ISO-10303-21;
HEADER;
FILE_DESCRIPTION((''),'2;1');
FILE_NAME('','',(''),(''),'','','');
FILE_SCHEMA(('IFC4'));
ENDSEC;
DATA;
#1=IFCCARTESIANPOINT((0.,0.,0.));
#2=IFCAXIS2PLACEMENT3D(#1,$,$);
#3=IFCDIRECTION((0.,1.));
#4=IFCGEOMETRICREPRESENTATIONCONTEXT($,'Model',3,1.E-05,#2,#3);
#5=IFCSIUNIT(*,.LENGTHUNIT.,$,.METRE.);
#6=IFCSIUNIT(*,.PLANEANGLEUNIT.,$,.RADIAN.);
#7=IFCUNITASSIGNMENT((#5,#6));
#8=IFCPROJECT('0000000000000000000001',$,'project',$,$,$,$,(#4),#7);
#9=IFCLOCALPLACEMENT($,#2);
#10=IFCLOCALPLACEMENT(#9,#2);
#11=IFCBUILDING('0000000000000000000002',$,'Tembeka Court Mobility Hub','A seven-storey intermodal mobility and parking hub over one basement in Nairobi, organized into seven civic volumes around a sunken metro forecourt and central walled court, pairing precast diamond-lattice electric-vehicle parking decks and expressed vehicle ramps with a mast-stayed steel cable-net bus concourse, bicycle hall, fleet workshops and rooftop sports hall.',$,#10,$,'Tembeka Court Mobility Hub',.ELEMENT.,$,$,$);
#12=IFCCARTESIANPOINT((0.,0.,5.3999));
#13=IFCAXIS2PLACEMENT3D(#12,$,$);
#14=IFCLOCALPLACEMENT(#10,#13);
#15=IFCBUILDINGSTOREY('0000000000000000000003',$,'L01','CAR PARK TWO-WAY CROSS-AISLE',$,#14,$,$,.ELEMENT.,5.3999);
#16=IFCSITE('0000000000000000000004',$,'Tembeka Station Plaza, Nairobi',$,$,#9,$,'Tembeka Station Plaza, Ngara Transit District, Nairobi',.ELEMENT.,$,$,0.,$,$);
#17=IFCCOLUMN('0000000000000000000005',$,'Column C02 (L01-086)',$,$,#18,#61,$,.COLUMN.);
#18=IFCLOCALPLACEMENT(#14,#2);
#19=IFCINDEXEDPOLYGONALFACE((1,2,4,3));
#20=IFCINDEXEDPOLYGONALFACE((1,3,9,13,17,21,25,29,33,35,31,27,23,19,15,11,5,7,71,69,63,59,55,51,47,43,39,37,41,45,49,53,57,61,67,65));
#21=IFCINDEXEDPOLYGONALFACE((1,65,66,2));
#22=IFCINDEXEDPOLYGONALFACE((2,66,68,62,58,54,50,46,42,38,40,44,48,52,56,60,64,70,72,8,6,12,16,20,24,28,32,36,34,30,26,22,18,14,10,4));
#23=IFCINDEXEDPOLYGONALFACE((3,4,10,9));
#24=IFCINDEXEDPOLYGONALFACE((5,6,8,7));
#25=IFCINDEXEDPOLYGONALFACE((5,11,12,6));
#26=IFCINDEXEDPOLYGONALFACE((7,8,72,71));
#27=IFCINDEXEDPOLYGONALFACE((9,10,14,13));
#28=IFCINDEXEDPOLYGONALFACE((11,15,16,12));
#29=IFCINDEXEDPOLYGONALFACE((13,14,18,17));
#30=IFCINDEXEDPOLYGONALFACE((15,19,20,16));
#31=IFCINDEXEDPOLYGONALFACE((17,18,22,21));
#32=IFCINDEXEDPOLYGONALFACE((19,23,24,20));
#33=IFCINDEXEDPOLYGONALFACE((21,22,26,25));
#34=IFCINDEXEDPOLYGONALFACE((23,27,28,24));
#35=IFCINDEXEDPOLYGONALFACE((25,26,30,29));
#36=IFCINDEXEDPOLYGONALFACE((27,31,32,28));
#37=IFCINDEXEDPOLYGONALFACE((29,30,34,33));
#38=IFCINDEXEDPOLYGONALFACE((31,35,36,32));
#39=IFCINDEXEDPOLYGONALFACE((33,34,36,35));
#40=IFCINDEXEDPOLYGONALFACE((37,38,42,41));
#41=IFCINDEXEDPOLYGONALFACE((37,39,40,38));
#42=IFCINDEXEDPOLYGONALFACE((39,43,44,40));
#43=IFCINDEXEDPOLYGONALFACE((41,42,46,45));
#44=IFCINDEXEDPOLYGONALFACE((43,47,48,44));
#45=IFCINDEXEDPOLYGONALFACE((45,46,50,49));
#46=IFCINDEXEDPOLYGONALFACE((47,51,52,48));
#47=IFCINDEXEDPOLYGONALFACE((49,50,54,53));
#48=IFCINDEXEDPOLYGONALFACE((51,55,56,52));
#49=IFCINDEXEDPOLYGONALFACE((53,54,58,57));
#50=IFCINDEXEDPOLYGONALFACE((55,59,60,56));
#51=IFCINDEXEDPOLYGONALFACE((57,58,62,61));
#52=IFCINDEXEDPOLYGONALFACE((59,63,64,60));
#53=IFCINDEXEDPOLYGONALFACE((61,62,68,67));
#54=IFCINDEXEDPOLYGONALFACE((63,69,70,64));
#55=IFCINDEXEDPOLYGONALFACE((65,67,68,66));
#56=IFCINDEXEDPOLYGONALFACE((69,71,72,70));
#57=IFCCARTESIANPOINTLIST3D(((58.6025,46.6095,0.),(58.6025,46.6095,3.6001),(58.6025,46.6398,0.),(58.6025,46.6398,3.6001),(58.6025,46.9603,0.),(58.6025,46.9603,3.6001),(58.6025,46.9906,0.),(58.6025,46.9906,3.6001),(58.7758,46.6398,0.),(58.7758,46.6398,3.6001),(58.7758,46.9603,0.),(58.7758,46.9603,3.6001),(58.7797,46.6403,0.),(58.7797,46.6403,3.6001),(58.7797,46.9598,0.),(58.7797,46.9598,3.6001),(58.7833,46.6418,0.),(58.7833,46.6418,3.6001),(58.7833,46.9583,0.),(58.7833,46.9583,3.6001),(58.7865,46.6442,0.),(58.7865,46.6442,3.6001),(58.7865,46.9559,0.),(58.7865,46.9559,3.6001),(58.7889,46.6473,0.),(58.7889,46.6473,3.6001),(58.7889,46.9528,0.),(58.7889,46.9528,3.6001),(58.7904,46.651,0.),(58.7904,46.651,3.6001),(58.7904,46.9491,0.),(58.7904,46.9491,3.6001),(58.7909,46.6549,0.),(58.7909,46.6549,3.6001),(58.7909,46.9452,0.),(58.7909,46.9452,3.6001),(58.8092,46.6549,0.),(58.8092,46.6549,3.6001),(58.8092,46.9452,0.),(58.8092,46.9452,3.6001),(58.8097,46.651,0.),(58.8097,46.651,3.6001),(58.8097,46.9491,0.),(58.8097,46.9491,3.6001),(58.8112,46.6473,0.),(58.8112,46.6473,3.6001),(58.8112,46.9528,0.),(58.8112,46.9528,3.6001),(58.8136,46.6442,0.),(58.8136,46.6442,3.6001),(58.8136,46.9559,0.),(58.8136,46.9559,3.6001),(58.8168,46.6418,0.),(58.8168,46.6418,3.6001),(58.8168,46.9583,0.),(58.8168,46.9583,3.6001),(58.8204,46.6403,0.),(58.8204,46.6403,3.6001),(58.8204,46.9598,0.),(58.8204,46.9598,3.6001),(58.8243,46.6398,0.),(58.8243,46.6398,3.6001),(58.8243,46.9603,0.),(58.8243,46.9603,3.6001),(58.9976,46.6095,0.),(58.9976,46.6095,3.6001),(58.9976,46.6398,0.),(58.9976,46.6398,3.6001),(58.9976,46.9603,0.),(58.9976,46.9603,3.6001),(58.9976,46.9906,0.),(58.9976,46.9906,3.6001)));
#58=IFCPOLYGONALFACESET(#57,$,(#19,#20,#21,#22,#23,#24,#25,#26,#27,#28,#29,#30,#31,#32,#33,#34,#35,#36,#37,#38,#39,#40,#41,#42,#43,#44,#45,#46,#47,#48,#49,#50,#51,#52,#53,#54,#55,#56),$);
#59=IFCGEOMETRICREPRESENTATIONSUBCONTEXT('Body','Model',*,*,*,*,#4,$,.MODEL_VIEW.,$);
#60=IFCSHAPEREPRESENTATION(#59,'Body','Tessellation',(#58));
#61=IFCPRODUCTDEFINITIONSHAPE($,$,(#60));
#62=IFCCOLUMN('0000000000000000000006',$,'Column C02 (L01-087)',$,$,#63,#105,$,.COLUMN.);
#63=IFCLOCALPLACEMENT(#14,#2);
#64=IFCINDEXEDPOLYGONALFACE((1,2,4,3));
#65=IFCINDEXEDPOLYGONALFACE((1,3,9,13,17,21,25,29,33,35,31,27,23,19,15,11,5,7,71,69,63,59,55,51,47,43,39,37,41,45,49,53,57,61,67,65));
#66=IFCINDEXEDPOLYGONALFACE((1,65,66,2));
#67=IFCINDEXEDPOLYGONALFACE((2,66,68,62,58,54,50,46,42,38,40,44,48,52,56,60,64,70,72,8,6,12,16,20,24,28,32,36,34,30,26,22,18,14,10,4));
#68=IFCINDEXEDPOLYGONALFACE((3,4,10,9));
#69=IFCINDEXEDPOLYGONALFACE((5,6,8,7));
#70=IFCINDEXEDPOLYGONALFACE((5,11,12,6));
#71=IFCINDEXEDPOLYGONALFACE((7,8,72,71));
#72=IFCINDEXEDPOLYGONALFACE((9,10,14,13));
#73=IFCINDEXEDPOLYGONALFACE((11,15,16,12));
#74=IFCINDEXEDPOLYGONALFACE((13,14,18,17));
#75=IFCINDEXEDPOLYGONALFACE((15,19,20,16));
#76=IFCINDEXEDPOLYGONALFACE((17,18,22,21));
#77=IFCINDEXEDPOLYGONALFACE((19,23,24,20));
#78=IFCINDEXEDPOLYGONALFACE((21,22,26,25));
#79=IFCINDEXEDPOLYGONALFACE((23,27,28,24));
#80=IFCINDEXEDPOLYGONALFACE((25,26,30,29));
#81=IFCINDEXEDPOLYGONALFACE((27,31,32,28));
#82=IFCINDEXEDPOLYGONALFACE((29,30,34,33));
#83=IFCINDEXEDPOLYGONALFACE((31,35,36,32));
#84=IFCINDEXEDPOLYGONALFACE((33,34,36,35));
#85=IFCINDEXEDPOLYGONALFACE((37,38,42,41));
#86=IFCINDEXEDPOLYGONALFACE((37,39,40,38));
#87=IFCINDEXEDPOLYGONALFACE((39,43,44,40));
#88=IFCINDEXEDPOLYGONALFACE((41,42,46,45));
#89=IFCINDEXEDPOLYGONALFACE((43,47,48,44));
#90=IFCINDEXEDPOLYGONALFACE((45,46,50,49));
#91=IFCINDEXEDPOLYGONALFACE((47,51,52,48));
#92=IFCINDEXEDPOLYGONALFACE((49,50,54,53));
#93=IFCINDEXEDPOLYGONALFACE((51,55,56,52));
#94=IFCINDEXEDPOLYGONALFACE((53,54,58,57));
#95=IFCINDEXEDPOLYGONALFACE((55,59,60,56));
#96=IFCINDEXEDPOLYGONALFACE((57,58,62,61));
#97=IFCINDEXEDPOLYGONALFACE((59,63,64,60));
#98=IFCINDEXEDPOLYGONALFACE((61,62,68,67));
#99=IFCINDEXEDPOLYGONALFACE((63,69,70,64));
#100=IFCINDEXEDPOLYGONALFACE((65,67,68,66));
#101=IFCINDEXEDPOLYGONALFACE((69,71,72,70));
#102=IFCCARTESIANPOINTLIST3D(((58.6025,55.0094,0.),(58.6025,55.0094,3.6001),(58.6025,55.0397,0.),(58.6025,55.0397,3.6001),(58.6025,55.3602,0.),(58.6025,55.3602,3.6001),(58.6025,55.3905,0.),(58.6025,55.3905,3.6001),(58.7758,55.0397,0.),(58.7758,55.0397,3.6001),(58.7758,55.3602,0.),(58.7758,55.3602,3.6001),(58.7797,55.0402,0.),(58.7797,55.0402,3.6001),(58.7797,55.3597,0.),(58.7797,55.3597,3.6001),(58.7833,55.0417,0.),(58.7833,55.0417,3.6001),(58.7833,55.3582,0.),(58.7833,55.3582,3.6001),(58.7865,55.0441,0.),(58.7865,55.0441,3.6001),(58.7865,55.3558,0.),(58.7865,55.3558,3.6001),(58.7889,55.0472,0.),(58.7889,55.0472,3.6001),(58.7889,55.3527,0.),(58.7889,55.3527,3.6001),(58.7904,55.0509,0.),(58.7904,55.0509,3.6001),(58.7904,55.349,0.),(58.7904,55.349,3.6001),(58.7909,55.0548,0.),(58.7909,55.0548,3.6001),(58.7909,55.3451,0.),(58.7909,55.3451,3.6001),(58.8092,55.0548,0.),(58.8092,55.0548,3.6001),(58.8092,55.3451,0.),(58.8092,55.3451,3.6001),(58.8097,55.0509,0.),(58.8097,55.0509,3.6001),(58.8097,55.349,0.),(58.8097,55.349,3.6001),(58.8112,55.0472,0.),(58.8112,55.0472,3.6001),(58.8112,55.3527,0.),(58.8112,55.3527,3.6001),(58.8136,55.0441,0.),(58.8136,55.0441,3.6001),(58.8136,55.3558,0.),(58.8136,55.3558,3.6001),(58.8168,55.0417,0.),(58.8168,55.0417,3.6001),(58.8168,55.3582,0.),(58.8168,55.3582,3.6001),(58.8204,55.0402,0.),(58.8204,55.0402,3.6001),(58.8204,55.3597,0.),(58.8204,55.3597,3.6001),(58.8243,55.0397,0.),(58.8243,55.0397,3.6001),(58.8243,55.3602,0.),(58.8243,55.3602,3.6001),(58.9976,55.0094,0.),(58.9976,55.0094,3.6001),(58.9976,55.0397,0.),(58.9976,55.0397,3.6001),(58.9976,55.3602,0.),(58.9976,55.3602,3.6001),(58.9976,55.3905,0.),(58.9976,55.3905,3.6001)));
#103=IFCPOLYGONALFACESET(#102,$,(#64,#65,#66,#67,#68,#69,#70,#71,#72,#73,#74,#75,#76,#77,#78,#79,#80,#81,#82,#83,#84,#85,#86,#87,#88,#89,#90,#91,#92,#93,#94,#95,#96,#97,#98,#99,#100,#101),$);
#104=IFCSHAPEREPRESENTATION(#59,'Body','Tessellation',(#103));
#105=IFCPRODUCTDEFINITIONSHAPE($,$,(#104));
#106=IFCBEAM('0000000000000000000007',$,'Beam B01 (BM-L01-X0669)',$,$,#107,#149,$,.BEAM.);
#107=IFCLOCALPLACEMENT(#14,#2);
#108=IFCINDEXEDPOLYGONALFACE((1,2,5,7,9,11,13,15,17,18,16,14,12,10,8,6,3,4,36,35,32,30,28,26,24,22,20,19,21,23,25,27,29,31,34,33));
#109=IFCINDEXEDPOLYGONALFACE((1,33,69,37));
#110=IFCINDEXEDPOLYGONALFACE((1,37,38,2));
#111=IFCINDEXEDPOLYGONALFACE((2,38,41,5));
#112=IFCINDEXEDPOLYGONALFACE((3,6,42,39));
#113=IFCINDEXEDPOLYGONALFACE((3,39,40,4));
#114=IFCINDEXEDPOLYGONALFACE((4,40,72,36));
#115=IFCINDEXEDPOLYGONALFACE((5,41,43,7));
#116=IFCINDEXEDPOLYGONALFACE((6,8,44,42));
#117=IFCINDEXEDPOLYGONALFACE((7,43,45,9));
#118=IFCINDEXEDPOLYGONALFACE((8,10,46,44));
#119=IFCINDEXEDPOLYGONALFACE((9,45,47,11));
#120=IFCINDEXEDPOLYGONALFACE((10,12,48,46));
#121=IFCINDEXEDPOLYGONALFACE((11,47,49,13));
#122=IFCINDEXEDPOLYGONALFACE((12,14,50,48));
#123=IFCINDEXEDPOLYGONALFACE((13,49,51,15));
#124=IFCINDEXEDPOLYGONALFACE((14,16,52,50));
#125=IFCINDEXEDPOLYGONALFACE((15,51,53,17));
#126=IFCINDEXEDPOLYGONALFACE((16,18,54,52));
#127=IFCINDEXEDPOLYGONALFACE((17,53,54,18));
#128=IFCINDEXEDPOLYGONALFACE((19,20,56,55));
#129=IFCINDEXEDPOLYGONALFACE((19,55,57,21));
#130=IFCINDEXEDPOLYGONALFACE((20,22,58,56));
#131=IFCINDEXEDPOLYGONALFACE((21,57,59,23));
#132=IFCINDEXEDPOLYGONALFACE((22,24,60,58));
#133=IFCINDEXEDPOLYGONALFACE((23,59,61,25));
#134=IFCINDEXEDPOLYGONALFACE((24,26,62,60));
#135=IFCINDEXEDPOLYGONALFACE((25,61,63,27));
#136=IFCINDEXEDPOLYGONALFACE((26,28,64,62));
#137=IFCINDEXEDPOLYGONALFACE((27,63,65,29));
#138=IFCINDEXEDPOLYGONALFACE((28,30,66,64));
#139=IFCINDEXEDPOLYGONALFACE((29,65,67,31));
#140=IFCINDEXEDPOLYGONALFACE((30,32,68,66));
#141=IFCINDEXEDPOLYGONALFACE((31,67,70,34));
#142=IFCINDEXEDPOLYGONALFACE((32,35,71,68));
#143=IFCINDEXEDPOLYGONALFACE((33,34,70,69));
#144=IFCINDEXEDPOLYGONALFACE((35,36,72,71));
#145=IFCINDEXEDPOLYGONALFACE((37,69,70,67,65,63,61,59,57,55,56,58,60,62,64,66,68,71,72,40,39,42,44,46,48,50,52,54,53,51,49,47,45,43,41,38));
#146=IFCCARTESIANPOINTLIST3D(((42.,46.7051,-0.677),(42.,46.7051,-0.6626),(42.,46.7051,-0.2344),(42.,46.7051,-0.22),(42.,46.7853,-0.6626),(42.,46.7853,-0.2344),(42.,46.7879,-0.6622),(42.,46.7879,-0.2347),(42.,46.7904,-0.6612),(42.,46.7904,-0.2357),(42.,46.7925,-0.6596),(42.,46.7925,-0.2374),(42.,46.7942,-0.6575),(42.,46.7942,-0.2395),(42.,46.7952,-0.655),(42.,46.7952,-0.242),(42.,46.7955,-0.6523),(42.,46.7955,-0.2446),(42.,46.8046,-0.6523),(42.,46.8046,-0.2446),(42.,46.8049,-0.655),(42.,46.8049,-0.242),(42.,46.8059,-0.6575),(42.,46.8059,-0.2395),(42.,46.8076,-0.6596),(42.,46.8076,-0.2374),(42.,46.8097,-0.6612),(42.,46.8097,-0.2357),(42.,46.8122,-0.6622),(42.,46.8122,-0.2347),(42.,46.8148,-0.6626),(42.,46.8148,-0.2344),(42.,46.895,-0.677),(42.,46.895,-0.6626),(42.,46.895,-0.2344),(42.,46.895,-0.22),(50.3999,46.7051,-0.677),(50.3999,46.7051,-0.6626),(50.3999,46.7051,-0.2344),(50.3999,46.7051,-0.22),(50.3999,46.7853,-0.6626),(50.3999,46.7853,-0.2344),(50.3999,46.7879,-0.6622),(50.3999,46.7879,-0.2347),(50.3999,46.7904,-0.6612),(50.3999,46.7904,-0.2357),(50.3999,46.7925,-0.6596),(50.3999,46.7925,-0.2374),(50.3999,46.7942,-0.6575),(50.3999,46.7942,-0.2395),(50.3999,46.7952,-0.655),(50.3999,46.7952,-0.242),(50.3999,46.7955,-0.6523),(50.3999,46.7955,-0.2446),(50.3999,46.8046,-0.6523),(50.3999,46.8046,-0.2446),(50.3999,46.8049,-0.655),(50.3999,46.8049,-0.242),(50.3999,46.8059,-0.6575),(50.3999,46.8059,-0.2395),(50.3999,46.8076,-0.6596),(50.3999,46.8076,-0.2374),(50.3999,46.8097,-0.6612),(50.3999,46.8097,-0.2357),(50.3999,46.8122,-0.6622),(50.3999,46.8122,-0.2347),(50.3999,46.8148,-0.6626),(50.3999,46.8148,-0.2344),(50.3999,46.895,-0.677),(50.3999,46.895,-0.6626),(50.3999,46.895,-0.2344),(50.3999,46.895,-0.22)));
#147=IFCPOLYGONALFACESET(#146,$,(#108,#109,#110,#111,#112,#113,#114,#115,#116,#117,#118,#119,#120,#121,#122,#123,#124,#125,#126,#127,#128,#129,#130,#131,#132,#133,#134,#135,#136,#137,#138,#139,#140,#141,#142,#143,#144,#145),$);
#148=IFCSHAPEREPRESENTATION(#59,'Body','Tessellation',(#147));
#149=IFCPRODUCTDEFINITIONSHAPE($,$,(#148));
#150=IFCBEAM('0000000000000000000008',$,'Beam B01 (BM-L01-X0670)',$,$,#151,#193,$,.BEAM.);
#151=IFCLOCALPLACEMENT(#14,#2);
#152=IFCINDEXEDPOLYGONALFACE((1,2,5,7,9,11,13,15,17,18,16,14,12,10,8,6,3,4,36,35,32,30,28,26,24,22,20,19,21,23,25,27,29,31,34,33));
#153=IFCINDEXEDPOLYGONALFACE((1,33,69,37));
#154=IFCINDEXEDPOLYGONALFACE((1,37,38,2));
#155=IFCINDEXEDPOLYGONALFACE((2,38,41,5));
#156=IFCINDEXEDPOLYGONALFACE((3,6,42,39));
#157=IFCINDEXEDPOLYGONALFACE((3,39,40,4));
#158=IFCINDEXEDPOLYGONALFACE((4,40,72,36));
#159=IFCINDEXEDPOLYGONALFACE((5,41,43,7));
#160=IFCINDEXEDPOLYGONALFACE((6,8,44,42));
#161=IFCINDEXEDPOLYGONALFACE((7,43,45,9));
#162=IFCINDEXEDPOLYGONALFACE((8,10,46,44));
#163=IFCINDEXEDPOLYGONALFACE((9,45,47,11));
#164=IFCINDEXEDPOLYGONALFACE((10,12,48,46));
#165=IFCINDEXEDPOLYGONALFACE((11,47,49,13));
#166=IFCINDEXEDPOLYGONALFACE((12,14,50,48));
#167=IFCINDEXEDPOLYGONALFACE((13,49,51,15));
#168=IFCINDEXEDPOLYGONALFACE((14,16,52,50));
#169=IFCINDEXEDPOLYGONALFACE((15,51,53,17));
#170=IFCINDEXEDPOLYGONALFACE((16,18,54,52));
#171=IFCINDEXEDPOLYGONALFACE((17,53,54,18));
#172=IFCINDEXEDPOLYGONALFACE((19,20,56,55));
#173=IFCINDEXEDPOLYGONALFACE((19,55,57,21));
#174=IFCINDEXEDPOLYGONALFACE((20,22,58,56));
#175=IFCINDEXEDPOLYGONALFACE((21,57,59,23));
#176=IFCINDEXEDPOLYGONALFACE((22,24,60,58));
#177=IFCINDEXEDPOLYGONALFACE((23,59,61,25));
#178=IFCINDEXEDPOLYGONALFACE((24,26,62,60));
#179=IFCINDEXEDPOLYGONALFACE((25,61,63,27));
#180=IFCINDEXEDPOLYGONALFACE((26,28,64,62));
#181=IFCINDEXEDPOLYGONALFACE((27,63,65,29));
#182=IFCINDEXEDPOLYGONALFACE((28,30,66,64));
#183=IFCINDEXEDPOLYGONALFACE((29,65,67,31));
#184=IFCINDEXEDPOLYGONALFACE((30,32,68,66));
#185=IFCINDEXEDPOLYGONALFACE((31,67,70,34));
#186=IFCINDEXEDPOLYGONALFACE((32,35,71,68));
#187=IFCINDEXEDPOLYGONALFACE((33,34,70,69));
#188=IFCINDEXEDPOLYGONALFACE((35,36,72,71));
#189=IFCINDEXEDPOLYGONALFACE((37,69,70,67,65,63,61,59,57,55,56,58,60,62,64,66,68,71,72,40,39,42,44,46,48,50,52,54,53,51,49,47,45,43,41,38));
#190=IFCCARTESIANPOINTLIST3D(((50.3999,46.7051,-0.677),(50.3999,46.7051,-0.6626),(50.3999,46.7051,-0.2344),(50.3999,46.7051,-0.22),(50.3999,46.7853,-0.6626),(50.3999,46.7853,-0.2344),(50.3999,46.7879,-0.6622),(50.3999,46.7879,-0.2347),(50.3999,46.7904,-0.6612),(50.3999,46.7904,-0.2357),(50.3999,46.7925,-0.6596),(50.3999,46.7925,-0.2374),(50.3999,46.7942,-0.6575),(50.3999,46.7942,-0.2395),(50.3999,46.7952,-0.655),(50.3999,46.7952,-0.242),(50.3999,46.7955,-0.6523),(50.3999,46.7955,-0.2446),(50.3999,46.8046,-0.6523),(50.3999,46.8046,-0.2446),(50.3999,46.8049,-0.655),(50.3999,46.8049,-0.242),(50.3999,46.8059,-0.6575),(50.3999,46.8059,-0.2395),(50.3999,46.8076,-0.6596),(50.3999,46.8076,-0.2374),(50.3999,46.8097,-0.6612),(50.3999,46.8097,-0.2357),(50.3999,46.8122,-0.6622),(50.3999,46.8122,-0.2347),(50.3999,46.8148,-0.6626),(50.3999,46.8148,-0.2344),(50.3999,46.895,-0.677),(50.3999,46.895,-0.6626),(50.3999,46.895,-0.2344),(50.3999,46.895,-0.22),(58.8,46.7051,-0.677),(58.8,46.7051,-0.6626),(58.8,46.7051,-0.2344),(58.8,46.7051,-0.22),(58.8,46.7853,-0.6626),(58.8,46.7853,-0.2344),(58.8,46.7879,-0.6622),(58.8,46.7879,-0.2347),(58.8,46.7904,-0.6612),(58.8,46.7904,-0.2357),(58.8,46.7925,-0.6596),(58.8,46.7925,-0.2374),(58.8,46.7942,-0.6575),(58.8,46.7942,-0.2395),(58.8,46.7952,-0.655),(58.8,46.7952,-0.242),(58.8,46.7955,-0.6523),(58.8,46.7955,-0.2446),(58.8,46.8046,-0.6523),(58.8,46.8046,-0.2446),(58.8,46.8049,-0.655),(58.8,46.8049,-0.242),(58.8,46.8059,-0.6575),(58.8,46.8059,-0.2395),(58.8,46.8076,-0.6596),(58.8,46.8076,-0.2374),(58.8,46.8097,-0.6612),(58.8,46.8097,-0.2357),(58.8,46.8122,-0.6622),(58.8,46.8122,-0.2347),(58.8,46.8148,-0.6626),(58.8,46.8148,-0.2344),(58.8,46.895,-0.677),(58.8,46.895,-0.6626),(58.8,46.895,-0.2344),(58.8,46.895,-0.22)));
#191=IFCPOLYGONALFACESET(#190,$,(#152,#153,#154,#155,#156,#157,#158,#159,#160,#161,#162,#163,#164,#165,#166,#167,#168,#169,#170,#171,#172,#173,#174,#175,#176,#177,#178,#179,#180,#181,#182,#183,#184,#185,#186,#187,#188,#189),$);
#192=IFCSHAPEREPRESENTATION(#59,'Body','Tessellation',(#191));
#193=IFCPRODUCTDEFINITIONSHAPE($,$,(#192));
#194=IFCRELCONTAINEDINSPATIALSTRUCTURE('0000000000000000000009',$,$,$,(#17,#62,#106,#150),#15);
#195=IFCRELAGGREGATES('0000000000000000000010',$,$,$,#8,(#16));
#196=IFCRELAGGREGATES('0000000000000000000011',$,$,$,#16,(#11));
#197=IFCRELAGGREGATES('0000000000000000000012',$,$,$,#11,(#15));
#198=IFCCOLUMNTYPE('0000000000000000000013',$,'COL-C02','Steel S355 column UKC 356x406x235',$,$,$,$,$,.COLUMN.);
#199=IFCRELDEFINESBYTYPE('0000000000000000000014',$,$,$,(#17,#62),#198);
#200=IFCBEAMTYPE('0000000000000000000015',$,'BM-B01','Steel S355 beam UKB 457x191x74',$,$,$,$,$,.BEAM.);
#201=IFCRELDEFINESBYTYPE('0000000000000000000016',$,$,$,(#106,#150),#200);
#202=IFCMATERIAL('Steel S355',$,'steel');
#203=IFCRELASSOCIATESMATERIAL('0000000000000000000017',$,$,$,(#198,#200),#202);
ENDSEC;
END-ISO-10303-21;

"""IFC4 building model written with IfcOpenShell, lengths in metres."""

from ifc_helpers import new_model, si_unit, direction, frame, origin, origin_2d, place, context, subcontext, project, spatial, i_section, extrude, material, material_profile, profile_set, type_object, element, save


model = new_model("IFC4")

# Units and contexts
model_context = context("Model", 3, precision=1e-05, world=origin(), true_north=direction((0.0, 1.0)))
body_context = subcontext(model_context, "Body", "Model", "MODEL_VIEW")
ifc_project = project(units=[si_unit("LENGTHUNIT", "METRE"), si_unit("PLANEANGLEUNIT", "RADIAN")], contexts=[model_context])

# Site, building, storey
site_placement = place(None, origin())
site = spatial("IfcSite", under=ifc_project, at=site_placement, Name="Tembeka Station Plaza, Nairobi", LongName="Tembeka Station Plaza, Ngara Transit District, Nairobi", CompositionType="ELEMENT", RefElevation=0.0)
building_placement = place(site_placement, origin())
building = spatial("IfcBuilding", under=site, at=building_placement, Name="Tembeka Court Mobility Hub", Description="A seven-storey intermodal mobility and parking hub over one basement in Nairobi, organized into seven civic volumes around a sunken metro forecourt and central walled court, pairing precast diamond-lattice electric-vehicle parking decks and expressed vehicle ramps with a mast-stayed steel cable-net bus concourse, bicycle hall, fleet workshops and rooftop sports hall.", LongName="Tembeka Court Mobility Hub", CompositionType="ELEMENT")
storey_placement = place(building_placement, frame((0.0, 0.0, 5.3999)))
storey = spatial("IfcBuildingStorey", under=building, at=storey_placement, Name="L01", Description="CAR PARK TWO-WAY CROSS-AISLE", CompositionType="ELEMENT", Elevation=5.3999)

# Columns
ifc_material_1 = material(Name="Steel S355", Category="steel")
ifc_material_profile_1 = material_profile(ifc_material_1, i_section(OverallWidth=0.395, OverallDepth=0.3811, WebThickness=0.0183, FlangeThickness=0.0303, FilletRadius=0.0151, at=origin_2d()), Name="UKC 356x406x235")
ifc_profile_set_1 = profile_set([ifc_material_profile_1], Name="Steel S355")
column_type = type_object("IfcColumnType", Name="COL-C02", Description="Steel S355 column UKC 356x406x235", PredefinedType="COLUMN", material=ifc_profile_set_1)
for number, where, z_axis, x_axis, name in (
    (1, (58.8, 46.8, 0.0), (0.0, 0.0, 1.0), (1.0, 0.0, 0.0), "Column C02 (L01-086)"),
    (2, (58.8, 55.2, 0.0), (0.0, 0.0, 1.0), (1.0, 0.0, 0.0), "Column C02 (L01-087)"),
):
    element("IfcColumn", number, at=place(storey_placement, frame(where, z_axis=z_axis, x_axis=x_axis)), inside=storey, type_object=column_type, Name=name, PredefinedType="COLUMN", context=body_context, shape_type="SweptSolid", body=[
        extrude(i_section(OverallWidth=0.395, OverallDepth=0.3811, WebThickness=0.0183, FlangeThickness=0.0303, FilletRadius=0.0151, at=origin_2d()), origin(), (0.0, 0.0, 1.0), 3.6001),
    ])

# Beams
ifc_material_profile_2 = material_profile(ifc_material_1, i_section(OverallWidth=0.1899, OverallDepth=0.457, WebThickness=0.009, FlangeThickness=0.0144, FilletRadius=0.0103, at=origin_2d()), Name="UKB 457x191x74")
ifc_profile_set_2 = profile_set([ifc_material_profile_2], Name="Steel S355")
beam_type_1 = type_object("IfcBeamType", Name="BM-B01", Description="Steel S355 beam UKB 457x191x74", PredefinedType="BEAM", material=ifc_profile_set_2)
beam_1_placement = place(storey_placement, frame((42.0, 46.8, -0.4485), z_axis=(1.0, 0.0, 0.0), x_axis=(0.0, 1.0, 0.0)))
element("IfcBeam", 3, at=beam_1_placement, inside=storey, type_object=beam_type_1, Name="Beam B01 (BM-L01-X0669)", PredefinedType="BEAM", context=body_context, shape_type="SweptSolid", body=[
    extrude(i_section(OverallWidth=0.1899, OverallDepth=0.457, WebThickness=0.009, FlangeThickness=0.0144, FilletRadius=0.0103, at=origin_2d()), origin(), (0.0, 0.0, 1.0), 8.3999),
])
beam_2_placement = place(storey_placement, frame((50.3999, 46.8, -0.4485), z_axis=(1.0, 0.0, 0.0), x_axis=(0.0, 1.0, 0.0)))
element("IfcBeam", 4, at=beam_2_placement, inside=storey, type_object=beam_type_1, Name="Beam B01 (BM-L01-X0670)", PredefinedType="BEAM", context=body_context, shape_type="SweptSolid", body=[
    extrude(i_section(OverallWidth=0.1899, OverallDepth=0.457, WebThickness=0.009, FlangeThickness=0.0144, FilletRadius=0.0103, at=origin_2d()), origin(), (0.0, 0.0, 1.0), 8.4001),
])

save(model, "model.ifc")
